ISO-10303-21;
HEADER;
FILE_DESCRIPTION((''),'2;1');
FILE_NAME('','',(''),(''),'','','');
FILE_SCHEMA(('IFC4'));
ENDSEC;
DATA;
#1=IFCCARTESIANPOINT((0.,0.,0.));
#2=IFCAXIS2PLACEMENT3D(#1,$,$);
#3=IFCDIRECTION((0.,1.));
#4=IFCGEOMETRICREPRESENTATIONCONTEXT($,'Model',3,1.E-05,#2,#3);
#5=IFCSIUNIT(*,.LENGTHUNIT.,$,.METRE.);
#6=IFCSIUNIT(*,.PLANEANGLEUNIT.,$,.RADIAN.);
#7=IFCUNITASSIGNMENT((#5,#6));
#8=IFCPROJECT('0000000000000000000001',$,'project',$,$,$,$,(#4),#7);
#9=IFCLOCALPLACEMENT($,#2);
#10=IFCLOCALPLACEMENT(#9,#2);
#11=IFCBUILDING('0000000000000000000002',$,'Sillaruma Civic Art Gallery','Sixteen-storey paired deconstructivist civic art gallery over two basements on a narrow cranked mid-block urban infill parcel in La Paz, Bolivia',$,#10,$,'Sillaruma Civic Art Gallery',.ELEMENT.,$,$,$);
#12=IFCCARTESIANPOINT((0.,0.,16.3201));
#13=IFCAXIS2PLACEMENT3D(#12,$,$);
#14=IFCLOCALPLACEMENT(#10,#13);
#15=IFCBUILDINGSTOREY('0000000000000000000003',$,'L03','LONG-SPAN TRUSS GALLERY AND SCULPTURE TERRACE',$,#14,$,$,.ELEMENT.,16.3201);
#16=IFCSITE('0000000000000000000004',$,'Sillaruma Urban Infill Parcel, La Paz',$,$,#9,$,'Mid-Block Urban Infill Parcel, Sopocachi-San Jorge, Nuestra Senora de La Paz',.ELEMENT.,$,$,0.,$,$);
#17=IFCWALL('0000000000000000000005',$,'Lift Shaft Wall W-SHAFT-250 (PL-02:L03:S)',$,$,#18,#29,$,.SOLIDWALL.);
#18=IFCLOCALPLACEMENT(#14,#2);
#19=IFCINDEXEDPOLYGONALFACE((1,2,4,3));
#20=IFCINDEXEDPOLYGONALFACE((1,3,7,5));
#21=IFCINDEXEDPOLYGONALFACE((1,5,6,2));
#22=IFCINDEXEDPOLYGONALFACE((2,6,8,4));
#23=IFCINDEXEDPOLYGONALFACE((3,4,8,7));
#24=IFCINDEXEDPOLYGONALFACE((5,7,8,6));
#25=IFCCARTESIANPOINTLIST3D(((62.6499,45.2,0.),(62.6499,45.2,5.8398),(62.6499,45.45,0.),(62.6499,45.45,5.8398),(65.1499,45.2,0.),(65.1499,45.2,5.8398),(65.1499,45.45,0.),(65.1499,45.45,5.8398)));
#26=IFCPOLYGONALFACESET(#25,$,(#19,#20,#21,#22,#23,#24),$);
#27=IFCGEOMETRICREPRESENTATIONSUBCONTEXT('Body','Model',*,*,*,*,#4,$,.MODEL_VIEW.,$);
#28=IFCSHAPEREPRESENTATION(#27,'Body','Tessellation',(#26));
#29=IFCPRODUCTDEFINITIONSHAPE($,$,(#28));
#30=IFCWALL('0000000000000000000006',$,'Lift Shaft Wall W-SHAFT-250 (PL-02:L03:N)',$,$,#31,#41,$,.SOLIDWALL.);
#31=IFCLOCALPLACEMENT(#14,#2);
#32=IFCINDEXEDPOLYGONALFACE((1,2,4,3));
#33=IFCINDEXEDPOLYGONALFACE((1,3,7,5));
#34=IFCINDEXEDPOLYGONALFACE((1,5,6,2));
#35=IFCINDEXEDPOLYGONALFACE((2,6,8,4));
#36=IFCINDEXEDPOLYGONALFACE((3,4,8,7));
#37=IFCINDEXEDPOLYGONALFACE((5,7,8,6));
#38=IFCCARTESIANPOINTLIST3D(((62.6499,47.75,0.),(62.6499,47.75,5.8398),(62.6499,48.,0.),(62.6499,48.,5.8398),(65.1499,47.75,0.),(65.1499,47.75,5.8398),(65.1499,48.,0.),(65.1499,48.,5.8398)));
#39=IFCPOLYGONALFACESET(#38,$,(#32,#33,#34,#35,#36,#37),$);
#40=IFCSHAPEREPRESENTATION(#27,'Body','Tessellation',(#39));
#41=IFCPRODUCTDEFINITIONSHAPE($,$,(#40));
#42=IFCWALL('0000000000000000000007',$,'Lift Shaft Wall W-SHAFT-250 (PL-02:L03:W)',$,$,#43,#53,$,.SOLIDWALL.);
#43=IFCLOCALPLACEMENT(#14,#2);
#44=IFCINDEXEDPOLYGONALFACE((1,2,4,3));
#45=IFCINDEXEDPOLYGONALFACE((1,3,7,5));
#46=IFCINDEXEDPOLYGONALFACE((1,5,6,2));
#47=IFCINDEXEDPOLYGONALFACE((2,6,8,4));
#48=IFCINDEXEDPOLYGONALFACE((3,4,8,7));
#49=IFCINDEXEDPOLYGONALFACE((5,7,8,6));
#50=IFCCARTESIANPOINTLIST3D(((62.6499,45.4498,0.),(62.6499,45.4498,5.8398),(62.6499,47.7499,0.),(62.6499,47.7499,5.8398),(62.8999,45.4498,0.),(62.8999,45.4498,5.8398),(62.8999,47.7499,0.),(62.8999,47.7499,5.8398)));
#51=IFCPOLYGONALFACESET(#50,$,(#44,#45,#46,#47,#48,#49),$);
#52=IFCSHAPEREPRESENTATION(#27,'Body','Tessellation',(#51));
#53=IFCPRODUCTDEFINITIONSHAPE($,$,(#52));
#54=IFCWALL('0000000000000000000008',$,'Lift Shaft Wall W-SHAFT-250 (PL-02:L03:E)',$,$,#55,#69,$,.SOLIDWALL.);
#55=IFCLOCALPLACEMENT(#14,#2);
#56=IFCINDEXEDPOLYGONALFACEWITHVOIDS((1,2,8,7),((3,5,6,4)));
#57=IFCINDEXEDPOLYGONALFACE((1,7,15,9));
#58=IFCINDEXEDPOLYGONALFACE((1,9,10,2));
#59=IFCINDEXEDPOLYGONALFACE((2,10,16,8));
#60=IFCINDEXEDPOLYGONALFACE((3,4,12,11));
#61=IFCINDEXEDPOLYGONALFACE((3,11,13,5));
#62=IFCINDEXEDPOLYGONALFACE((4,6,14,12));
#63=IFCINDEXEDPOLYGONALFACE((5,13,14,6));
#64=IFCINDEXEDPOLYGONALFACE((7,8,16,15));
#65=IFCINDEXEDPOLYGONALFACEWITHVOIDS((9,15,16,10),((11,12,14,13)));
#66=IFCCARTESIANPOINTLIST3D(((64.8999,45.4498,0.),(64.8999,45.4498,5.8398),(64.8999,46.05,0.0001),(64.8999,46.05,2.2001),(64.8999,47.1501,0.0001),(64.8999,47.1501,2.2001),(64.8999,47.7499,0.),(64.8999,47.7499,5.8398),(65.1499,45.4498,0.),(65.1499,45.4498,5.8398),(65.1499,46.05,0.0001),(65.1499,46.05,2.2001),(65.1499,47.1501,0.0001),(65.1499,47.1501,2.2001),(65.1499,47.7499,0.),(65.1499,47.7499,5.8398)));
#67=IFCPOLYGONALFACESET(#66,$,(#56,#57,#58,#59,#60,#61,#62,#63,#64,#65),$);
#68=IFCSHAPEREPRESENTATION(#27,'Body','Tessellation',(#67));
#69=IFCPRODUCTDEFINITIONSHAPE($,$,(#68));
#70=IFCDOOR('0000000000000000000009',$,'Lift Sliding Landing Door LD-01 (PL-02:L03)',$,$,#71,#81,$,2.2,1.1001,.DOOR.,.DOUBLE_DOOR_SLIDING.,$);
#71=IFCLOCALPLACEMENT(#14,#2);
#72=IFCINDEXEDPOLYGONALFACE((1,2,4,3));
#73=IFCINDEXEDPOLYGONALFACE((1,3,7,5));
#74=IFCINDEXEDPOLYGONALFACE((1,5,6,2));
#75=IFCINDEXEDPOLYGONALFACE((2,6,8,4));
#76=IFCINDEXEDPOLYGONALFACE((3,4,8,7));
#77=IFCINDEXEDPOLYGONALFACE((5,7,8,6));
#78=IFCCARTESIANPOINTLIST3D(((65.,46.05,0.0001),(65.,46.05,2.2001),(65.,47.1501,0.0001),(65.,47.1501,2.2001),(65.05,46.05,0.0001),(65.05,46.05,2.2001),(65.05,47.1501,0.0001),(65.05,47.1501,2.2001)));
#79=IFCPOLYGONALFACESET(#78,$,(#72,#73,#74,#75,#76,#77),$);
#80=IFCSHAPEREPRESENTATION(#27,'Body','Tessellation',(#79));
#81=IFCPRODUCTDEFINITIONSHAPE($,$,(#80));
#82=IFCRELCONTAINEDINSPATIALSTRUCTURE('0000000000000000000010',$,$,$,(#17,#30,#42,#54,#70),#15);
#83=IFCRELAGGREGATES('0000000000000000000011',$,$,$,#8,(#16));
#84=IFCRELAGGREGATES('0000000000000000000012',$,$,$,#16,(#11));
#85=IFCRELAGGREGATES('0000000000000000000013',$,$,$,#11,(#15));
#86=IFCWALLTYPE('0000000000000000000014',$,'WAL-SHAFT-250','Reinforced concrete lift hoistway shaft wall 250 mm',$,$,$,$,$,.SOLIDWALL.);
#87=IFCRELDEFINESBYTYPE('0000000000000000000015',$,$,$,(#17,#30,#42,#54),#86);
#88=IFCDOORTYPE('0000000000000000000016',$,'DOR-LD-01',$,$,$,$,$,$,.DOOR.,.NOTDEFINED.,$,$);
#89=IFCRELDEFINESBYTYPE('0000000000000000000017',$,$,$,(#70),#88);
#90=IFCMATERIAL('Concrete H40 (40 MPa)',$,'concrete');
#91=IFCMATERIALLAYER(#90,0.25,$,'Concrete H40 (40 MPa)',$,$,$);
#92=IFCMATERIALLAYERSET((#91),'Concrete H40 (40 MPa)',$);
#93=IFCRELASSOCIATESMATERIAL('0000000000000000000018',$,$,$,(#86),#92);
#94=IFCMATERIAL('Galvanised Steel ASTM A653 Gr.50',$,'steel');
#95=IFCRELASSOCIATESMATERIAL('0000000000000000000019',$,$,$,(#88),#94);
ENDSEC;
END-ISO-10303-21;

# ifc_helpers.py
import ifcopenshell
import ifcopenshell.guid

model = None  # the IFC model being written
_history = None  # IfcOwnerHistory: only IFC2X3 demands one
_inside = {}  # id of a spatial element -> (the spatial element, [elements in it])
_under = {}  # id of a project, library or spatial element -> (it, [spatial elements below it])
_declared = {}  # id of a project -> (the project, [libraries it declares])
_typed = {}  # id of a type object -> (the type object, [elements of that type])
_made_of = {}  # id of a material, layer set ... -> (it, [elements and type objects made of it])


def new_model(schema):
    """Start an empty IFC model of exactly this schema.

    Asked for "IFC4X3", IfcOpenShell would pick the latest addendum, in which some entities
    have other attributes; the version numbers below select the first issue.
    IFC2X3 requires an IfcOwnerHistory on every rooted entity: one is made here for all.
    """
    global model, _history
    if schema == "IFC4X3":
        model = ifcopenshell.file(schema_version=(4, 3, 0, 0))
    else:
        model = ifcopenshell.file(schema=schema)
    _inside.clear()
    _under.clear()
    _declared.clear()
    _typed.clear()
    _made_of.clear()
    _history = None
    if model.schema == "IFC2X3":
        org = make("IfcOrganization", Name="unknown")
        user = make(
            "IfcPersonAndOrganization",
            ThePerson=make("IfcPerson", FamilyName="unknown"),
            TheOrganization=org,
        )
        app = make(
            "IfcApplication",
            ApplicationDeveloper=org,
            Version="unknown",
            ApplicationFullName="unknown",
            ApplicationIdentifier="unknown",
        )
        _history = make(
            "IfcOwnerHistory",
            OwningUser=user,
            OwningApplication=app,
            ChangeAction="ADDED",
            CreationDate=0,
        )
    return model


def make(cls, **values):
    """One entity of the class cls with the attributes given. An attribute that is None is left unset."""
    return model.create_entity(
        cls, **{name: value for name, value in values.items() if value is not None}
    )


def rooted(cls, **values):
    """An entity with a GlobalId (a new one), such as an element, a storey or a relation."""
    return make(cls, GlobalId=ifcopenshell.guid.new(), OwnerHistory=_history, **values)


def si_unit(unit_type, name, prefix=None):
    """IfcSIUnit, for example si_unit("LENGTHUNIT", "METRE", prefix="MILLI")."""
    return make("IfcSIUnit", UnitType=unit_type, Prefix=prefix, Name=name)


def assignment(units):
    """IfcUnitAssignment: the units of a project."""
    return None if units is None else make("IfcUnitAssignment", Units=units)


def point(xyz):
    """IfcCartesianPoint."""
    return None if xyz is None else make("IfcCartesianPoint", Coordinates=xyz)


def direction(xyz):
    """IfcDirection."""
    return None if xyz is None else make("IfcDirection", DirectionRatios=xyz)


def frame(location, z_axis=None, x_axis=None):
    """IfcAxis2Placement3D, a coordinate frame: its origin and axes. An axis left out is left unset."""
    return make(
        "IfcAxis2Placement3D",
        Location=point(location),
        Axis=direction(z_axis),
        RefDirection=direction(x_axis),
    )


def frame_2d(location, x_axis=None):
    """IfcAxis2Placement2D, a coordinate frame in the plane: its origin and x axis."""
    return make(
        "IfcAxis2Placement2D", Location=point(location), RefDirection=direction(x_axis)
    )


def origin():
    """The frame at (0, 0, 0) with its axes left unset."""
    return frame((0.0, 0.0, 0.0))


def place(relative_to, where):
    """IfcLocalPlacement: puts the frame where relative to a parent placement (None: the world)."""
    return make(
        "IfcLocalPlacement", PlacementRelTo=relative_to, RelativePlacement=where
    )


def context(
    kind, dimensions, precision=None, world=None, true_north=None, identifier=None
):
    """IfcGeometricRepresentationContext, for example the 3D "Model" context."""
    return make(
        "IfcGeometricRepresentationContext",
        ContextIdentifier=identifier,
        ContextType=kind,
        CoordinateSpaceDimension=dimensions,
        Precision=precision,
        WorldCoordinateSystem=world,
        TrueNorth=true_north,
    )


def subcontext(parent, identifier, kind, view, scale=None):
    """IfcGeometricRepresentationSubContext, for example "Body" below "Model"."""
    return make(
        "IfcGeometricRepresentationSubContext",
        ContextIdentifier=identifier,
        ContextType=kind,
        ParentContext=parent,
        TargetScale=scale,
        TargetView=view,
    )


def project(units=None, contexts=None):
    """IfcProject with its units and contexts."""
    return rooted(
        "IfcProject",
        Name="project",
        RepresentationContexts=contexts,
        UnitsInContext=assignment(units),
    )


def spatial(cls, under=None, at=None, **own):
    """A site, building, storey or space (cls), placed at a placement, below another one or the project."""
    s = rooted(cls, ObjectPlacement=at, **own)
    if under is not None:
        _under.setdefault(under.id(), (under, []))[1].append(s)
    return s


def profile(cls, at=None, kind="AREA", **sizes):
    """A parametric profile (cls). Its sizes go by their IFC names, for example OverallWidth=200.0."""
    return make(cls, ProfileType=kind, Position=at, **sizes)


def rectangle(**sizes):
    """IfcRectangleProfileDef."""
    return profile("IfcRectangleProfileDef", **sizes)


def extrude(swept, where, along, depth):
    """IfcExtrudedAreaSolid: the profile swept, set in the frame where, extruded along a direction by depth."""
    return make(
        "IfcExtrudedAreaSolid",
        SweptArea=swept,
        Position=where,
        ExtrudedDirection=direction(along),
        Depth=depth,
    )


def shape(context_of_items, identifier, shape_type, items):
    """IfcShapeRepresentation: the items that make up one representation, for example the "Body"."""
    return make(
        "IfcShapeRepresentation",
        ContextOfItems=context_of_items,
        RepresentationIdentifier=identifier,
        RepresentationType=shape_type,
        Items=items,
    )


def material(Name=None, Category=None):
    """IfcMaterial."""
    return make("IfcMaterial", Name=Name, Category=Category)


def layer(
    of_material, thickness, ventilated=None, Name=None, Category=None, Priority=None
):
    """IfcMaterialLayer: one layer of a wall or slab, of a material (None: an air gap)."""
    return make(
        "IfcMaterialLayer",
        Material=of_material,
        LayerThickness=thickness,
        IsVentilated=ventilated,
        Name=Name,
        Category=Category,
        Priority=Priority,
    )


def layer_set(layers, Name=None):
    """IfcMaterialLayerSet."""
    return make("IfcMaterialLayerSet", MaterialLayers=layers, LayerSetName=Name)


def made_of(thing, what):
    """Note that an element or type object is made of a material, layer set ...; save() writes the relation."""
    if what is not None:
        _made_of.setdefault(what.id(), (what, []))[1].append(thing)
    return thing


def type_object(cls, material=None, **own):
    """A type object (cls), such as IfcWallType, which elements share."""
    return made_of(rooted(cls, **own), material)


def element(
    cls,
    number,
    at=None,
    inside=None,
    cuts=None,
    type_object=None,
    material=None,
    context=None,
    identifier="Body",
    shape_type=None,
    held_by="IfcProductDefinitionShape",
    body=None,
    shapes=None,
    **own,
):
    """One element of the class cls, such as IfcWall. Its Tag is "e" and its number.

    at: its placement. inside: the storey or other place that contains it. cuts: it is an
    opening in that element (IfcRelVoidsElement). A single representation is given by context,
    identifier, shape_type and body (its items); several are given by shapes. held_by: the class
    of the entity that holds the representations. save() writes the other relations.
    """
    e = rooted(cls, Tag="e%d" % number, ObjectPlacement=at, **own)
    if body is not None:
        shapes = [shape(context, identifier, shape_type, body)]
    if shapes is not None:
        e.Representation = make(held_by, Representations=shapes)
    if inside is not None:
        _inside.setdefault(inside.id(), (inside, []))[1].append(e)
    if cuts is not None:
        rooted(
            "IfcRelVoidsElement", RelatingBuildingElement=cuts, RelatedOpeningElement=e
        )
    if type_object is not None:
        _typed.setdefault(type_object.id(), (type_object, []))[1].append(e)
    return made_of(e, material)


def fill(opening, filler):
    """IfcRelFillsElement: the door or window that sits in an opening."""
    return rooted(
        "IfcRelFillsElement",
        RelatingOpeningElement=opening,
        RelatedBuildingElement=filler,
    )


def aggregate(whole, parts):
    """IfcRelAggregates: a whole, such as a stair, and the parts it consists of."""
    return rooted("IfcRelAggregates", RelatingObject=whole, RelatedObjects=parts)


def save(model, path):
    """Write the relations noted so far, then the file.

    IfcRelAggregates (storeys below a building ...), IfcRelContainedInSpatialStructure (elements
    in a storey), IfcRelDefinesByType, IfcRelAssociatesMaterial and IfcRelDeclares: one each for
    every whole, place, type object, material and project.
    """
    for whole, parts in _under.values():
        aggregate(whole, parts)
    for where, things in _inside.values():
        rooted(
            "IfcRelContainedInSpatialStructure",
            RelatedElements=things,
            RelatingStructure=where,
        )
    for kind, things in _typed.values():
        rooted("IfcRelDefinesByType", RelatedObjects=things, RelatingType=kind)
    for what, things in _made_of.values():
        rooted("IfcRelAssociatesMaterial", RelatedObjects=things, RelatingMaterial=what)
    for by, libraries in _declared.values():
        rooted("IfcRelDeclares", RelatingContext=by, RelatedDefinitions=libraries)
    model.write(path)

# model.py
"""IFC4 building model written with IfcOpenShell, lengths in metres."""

from ifc_helpers import new_model, si_unit, direction, frame, frame_2d, origin, place, context, subcontext, project, spatial, rectangle, extrude, material, layer, layer_set, type_object, element, fill, save


model = new_model("IFC4")

# Units and contexts
model_context = context("Model", 3, precision=1e-05, world=origin(), true_north=direction((0.0, 1.0)))
body_context = subcontext(model_context, "Body", "Model", "MODEL_VIEW")
ifc_project = project(units=[si_unit("LENGTHUNIT", "METRE"), si_unit("PLANEANGLEUNIT", "RADIAN")], contexts=[model_context])

# Site, building, storey
site_placement = place(None, origin())
site = spatial("IfcSite", under=ifc_project, at=site_placement, Name="Sillaruma Urban Infill Parcel, La Paz", LongName="Mid-Block Urban Infill Parcel, Sopocachi-San Jorge, Nuestra Senora de La Paz", CompositionType="ELEMENT", RefElevation=0.0)
building_placement = place(site_placement, origin())
building = spatial("IfcBuilding", under=site, at=building_placement, Name="Sillaruma Civic Art Gallery", Description="Sixteen-storey paired deconstructivist civic art gallery over two basements on a narrow cranked mid-block urban infill parcel in La Paz, Bolivia", LongName="Sillaruma Civic Art Gallery", CompositionType="ELEMENT")
storey_placement = place(building_placement, frame((0.0, 0.0, 16.3201)))
storey = spatial("IfcBuildingStorey", under=building, at=storey_placement, Name="L03", Description="LONG-SPAN TRUSS GALLERY AND SCULPTURE TERRACE", CompositionType="ELEMENT", Elevation=16.3201)

# Shared definitions
ifc_material_1 = material(Name="Concrete H40 (40 MPa)", Category="concrete")

# Shared definitions
ifc_layer_1 = layer(ifc_material_1, 0.25, Name="Concrete H40 (40 MPa)")
ifc_layer_set_1 = layer_set([ifc_layer_1], Name="Concrete H40 (40 MPa)")
wall_type_1 = type_object("IfcWallType", Name="WAL-SHAFT-250", Description="Reinforced concrete lift hoistway shaft wall 250 mm", PredefinedType="SOLIDWALL", material=ifc_layer_set_1)

# Shared definitions
ifc_material_2 = material(Name="Galvanised Steel ASTM A653 Gr.50", Category="steel")
door_type = type_object("IfcDoorType", Name="DOR-LD-01", OperationType="NOTDEFINED", PredefinedType="DOOR", material=ifc_material_2)

# Walls
for number, where, z_axis, x_axis, name in (
    (1, (62.6499, 45.325, 0.0), (0.0, 0.0, 1.0), (1.0, 0.0, 0.0), "Lift Shaft Wall W-SHAFT-250 (PL-02:L03:S)"),
    (2, (62.6499, 47.875, 0.0), (0.0, 0.0, 1.0), (1.0, 0.0, 0.0), "Lift Shaft Wall W-SHAFT-250 (PL-02:L03:N)"),
):
    element("IfcWall", number, at=place(storey_placement, frame(where, z_axis=z_axis, x_axis=x_axis)), inside=storey, type_object=wall_type_1, Name=name, PredefinedType="SOLIDWALL", context=body_context, shape_type="SweptSolid", body=[
        extrude(rectangle(XDim=2.5, YDim=0.25, at=frame_2d((1.25, 0.0))), origin(), (0.0, 0.0, 1.0), 5.8398),
    ])
wall_1_placement = place(storey_placement, frame((62.7749, 45.45, 0.0), z_axis=(0.0, 0.0, 1.0), x_axis=(0.0, 1.0, 0.0)))
element("IfcWall", 3, at=wall_1_placement, inside=storey, type_object=wall_type_1, Name="Lift Shaft Wall W-SHAFT-250 (PL-02:L03:W)", PredefinedType="SOLIDWALL", context=body_context, shape_type="SweptSolid", body=[
    extrude(rectangle(XDim=2.3, YDim=0.25, at=frame_2d((1.1499, 0.0))), origin(), (0.0, 0.0, 1.0), 5.8398),
])

# Wall, opening, door
wall_2_placement = place(storey_placement, frame((65.0249, 45.45, 0.0), z_axis=(0.0, 0.0, 1.0), x_axis=(0.0, 1.0, 0.0)))
wall_2 = element("IfcWall", 4, at=wall_2_placement, inside=storey, type_object=wall_type_1, Name="Lift Shaft Wall W-SHAFT-250 (PL-02:L03:E)", PredefinedType="SOLIDWALL", context=body_context, shape_type="SweptSolid", body=[
    extrude(rectangle(XDim=2.3, YDim=0.25, at=frame_2d((1.1499, 0.0))), origin(), (0.0, 0.0, 1.0), 5.8398),
])
opening_1_placement = place(wall_2_placement, frame((0.6001, 0.0, 0.0)))
opening_1 = element("IfcOpeningElement", 5, at=opening_1_placement, cuts=wall_2, PredefinedType="OPENING", context=body_context, shape_type="SweptSolid", body=[
    extrude(rectangle(XDim=1.1001, YDim=2.2, at=frame_2d((0.55, 1.1001))), frame((0.0, 0.135, 0.0), z_axis=(0.0, -1.0, 0.0), x_axis=(1.0, 0.0, 0.0)), (0.0, 0.0, 1.0), 0.27),
])
door_1_placement = place(opening_1_placement, origin())
door_1 = element("IfcDoor", 6, at=door_1_placement, inside=storey, type_object=door_type, Name="Lift Sliding Landing Door LD-01 (PL-02:L03)", OperationType="DOUBLE_DOOR_SLIDING", OverallHeight=2.2, OverallWidth=1.1001, PredefinedType="DOOR", context=body_context, shape_type="SweptSolid", body=[
    extrude(rectangle(XDim=1.1001, YDim=2.2, at=frame_2d((0.55, 1.1001))), frame((0.0, 0.0249, 0.0), z_axis=(0.0, -1.0, 0.0), x_axis=(1.0, 0.0, 0.0)), (0.0, 0.0, 1.0), 0.05),
])
fill(opening_1, door_1)

save(model, "model.ifc")
